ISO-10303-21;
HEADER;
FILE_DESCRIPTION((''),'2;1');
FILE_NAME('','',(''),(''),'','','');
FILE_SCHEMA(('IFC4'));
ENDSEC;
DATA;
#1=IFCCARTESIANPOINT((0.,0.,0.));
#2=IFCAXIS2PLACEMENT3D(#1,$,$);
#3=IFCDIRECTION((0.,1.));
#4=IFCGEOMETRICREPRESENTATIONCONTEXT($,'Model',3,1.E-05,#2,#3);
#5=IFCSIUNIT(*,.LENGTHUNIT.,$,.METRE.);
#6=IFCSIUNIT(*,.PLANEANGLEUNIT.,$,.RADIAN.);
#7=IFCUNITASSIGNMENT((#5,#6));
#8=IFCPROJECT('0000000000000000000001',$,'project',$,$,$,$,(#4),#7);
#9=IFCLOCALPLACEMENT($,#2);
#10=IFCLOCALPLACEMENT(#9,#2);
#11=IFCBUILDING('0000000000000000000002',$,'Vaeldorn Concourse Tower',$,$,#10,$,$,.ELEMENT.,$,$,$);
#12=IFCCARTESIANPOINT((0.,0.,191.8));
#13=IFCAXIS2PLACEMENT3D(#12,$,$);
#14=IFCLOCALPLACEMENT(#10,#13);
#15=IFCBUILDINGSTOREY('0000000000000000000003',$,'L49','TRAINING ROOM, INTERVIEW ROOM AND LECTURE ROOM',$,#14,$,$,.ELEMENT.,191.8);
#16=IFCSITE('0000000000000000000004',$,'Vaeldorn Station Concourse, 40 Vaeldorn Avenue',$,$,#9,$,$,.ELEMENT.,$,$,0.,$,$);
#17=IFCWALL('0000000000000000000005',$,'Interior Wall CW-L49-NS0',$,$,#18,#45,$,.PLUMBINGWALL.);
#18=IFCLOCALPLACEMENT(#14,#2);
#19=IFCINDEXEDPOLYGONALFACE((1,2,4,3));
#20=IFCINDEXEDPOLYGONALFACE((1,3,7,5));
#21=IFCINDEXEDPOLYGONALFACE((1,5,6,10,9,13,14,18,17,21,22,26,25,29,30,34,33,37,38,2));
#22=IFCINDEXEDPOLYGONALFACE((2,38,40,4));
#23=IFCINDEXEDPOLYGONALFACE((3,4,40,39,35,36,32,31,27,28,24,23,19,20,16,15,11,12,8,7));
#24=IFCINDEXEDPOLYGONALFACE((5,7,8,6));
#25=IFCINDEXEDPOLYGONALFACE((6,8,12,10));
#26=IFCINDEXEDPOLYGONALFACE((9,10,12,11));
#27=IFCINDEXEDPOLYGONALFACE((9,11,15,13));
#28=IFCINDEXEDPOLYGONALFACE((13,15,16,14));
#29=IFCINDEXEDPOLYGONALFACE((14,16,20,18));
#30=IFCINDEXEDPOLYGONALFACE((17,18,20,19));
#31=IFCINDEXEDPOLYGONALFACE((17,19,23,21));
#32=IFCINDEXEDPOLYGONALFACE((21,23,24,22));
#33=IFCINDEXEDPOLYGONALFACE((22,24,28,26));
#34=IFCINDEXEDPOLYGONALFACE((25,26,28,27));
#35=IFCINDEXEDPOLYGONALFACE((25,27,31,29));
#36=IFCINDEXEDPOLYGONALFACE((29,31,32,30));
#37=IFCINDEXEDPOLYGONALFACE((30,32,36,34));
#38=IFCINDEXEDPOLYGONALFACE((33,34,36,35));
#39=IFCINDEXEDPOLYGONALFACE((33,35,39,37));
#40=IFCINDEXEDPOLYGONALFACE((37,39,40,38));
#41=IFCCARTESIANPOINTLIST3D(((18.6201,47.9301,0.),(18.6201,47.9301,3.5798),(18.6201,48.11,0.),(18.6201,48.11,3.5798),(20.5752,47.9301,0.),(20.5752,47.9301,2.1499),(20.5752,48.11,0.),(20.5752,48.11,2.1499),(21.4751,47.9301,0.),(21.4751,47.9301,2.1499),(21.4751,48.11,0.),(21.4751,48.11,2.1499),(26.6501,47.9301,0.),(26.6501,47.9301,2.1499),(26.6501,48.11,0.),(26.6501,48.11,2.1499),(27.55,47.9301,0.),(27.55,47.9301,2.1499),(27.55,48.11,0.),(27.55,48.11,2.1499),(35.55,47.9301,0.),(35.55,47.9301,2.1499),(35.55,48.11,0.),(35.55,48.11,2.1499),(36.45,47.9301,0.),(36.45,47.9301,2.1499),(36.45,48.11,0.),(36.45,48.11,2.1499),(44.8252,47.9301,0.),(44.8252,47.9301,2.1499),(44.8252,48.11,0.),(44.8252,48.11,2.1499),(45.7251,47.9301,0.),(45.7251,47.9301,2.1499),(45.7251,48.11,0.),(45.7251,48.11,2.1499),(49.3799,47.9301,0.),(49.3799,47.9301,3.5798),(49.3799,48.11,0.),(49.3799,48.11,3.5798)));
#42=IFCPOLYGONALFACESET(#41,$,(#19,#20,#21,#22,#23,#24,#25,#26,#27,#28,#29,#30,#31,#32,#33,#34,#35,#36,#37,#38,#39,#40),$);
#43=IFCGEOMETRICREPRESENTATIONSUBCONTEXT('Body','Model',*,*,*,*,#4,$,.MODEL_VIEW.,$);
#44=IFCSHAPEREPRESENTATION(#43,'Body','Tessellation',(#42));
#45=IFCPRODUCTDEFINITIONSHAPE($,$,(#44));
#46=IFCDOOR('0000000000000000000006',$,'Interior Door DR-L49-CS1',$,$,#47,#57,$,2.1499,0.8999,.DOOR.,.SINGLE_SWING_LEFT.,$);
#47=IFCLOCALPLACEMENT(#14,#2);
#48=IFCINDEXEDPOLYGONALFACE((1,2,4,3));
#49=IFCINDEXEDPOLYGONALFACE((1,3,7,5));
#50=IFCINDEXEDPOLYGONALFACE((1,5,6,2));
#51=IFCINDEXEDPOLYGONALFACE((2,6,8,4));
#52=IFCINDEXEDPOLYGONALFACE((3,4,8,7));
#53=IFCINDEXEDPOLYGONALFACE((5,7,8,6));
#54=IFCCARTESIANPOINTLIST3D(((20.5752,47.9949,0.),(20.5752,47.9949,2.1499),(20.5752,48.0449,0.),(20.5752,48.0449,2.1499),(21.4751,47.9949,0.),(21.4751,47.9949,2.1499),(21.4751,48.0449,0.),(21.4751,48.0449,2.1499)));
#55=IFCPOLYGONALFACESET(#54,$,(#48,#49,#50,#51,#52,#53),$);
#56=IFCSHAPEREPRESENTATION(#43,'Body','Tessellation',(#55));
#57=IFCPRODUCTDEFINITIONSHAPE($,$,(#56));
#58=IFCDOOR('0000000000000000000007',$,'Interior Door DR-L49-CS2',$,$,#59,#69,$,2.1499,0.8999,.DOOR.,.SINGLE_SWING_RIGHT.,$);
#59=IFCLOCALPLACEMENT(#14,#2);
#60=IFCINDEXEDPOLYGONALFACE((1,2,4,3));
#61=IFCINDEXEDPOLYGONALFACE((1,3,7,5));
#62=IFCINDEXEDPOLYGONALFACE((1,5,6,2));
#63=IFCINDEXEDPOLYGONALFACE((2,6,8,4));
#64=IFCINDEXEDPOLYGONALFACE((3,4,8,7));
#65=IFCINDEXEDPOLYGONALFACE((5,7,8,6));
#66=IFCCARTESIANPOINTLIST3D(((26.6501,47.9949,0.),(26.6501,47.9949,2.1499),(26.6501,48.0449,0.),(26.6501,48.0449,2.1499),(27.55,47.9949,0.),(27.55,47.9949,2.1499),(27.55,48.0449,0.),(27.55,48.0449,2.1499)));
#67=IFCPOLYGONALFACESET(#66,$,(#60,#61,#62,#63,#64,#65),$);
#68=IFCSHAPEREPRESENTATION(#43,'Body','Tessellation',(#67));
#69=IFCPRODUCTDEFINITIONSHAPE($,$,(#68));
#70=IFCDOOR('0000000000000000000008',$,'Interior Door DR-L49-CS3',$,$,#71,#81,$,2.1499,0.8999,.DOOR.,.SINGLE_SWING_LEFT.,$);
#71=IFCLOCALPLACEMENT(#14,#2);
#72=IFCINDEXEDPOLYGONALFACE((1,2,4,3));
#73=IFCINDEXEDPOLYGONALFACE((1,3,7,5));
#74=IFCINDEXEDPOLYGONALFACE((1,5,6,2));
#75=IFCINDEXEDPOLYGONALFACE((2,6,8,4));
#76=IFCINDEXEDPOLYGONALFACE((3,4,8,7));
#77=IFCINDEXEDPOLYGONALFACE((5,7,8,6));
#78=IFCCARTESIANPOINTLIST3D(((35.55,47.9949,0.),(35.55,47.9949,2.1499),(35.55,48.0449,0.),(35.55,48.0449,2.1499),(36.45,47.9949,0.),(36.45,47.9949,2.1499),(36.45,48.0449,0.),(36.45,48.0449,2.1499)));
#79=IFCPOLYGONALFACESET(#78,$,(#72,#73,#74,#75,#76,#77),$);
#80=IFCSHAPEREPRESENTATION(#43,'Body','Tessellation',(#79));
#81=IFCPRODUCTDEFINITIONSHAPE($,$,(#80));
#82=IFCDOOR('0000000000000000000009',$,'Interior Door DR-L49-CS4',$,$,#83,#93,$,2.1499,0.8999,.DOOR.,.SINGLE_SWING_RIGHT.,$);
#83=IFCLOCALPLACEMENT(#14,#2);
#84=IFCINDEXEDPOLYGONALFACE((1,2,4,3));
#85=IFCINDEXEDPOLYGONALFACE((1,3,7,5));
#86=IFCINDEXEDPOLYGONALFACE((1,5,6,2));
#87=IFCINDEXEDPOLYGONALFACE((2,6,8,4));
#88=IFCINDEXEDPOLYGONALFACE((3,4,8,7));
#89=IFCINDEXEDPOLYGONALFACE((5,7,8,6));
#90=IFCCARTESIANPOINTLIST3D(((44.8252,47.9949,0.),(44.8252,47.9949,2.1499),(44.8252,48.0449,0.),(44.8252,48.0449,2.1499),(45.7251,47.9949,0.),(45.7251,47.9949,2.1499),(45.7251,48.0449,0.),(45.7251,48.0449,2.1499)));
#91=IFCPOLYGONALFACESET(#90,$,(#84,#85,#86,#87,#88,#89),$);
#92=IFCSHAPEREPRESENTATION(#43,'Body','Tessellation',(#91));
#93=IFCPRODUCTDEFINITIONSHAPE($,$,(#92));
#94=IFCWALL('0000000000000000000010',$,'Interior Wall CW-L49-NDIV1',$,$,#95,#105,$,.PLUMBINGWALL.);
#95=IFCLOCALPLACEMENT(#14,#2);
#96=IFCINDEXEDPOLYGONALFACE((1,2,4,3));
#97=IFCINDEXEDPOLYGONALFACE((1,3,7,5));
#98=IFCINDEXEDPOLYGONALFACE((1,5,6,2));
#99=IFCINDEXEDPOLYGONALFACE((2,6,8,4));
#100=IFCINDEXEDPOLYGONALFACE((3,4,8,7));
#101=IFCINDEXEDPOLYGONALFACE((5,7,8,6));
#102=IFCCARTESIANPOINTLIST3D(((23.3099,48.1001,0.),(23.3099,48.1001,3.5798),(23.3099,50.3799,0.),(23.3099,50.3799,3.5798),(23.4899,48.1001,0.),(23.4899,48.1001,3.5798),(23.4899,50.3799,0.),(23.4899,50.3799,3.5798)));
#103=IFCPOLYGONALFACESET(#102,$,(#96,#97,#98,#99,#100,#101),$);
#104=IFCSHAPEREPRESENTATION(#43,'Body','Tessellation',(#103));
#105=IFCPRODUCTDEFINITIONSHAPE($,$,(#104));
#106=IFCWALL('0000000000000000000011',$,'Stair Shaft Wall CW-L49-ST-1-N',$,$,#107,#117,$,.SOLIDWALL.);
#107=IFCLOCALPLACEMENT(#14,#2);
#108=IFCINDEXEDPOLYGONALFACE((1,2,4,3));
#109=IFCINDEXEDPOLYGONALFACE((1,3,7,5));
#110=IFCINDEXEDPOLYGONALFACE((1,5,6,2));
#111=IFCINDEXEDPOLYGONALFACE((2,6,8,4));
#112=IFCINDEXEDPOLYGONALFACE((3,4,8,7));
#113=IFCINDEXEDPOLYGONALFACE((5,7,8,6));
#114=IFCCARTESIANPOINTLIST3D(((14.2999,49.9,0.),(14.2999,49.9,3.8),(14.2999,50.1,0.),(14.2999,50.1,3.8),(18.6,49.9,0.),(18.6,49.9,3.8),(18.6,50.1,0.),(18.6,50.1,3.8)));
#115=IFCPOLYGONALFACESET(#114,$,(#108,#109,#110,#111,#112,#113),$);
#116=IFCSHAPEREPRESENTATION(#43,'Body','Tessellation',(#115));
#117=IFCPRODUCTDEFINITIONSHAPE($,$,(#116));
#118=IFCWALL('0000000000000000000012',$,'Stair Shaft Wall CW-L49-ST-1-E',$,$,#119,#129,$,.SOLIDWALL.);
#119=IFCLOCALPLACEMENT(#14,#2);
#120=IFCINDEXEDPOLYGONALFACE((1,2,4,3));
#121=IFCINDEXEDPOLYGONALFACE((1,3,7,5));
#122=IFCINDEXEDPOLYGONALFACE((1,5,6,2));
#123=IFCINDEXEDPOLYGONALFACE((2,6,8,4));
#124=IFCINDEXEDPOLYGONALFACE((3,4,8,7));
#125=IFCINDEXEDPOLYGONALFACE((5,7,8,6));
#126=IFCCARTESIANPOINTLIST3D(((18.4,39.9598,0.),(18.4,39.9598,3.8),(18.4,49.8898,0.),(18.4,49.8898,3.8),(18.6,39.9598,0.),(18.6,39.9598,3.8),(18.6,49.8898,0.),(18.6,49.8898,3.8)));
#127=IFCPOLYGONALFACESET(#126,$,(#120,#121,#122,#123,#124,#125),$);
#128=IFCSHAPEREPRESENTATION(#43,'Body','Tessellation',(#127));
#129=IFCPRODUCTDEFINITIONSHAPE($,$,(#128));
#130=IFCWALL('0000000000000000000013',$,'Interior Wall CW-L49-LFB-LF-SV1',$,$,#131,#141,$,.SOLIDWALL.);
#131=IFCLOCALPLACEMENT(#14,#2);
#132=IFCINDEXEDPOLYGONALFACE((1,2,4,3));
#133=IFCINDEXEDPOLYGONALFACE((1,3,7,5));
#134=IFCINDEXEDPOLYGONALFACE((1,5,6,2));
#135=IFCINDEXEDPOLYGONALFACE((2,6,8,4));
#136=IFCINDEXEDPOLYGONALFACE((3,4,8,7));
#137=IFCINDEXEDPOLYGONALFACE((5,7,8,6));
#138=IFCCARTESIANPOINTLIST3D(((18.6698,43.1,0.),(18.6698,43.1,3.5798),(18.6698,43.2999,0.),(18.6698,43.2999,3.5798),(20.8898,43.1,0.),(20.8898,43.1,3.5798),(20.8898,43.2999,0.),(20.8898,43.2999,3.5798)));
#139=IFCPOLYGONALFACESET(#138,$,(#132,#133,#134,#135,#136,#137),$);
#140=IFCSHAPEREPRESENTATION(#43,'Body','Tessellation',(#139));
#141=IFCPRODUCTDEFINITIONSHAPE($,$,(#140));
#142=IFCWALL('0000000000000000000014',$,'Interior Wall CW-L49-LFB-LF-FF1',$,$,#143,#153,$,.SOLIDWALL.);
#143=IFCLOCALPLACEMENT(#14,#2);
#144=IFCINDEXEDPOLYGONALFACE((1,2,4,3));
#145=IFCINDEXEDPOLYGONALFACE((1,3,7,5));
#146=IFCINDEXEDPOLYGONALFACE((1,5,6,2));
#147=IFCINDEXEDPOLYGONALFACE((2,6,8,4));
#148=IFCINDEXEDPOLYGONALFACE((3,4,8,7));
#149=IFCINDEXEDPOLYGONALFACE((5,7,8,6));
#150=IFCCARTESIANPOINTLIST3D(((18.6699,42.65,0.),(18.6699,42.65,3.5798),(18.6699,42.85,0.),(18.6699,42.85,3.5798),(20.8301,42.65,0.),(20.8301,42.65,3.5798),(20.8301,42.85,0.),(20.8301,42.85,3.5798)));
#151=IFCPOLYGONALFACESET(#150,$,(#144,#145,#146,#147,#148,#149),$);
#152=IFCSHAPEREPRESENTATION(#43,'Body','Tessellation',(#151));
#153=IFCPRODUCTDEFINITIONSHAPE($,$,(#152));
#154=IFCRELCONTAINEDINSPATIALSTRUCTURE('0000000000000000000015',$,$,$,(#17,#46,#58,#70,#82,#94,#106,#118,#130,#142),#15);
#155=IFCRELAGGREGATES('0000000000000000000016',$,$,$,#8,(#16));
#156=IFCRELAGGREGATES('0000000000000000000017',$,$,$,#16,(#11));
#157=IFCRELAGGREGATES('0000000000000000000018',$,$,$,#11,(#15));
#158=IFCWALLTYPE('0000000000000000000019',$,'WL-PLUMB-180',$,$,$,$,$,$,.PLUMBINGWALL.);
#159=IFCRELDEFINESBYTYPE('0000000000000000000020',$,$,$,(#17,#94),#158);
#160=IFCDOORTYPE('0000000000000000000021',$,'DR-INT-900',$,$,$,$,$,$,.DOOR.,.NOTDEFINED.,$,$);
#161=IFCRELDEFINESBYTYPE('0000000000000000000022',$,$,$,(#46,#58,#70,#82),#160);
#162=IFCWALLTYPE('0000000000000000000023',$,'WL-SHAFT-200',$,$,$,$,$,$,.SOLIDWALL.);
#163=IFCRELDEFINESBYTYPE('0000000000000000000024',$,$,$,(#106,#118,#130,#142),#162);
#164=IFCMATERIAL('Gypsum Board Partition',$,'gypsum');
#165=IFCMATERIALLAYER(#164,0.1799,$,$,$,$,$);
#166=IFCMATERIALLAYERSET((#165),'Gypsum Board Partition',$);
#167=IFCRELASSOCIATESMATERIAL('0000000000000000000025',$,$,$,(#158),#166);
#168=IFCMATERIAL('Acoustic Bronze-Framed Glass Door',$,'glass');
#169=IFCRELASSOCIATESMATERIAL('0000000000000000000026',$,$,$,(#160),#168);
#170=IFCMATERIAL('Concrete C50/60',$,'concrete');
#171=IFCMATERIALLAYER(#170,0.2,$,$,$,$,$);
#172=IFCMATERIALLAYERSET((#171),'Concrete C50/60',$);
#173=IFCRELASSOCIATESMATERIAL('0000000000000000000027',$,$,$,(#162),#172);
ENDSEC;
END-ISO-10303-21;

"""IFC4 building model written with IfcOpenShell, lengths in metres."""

from ifc_helpers import new_model, si_unit, direction, frame, frame_2d, origin, place, context, subcontext, project, spatial, rectangle, extrude, source, transform, mapped, material, layer, layer_set, type_object, element, fill, save


model = new_model("IFC4")

# Units and contexts
model_context = context("Model", 3, precision=1e-05, world=origin(), true_north=direction((0.0, 1.0)))
body_context = subcontext(model_context, "Body", "Model", "MODEL_VIEW")
ifc_project = project(units=[si_unit("LENGTHUNIT", "METRE"), si_unit("PLANEANGLEUNIT", "RADIAN")], contexts=[model_context])

# Site, building, storey
site_placement = place(None, origin())
site = spatial("IfcSite", under=ifc_project, at=site_placement, Name="Vaeldorn Station Concourse, 40 Vaeldorn Avenue", CompositionType="ELEMENT", RefElevation=0.0)
building_placement = place(site_placement, origin())
building = spatial("IfcBuilding", under=site, at=building_placement, Name="Vaeldorn Concourse Tower", CompositionType="ELEMENT")
storey_placement = place(building_placement, frame((0.0, 0.0, 191.8)))
storey = spatial("IfcBuildingStorey", under=building, at=storey_placement, Name="L49", Description="TRAINING ROOM, INTERVIEW ROOM AND LECTURE ROOM", CompositionType="ELEMENT", Elevation=191.8)

# Shared definitions
ifc_material_1 = material(Name="Concrete C50/60", Category="concrete")
ifc_material_2 = material(Name="Gypsum Board Partition", Category="gypsum")

# Wall, openings, doors
ifc_layer_1 = layer(ifc_material_2, 0.1799)
ifc_layer_set_1 = layer_set([ifc_layer_1], Name="Gypsum Board Partition")
wall_type_1 = type_object("IfcWallType", Name="WL-PLUMB-180", PredefinedType="PLUMBINGWALL", material=ifc_layer_set_1)
wall_1_placement = place(storey_placement, frame((18.6201, 48.02, 0.0), z_axis=(0.0, 0.0, 1.0), x_axis=(1.0, 0.0, 0.0)))
wall_1 = element("IfcWall", 1, at=wall_1_placement, inside=storey, type_object=wall_type_1, Name="Interior Wall CW-L49-NS0", PredefinedType="PLUMBINGWALL", context=body_context, shape_type="SweptSolid", body=[
    extrude(rectangle(XDim=30.7598, YDim=0.1799, at=frame_2d((15.3799, 0.0))), origin(), (0.0, 0.0, 1.0), 3.5798),
])
opening_1_placement = place(wall_1_placement, frame((1.9551, 0.0, 0.0)))
opening_1 = element("IfcOpeningElement", 2, at=opening_1_placement, cuts=wall_1, PredefinedType="OPENING", context=body_context, shape_type="SweptSolid", body=[
    extrude(rectangle(XDim=0.8999, YDim=2.1499, at=frame_2d((0.45, 1.075))), frame((0.0, 0.1001, 0.0), z_axis=(0.0, -1.0, 0.0), x_axis=(1.0, 0.0, 0.0)), (0.0, 0.0, 1.0), 0.2),
])
opening_2_placement = place(wall_1_placement, frame((8.03, 0.0, 0.0)))
opening_2 = element("IfcOpeningElement", 3, at=opening_2_placement, cuts=wall_1, PredefinedType="OPENING", context=body_context, shape_type="SweptSolid", body=[
    extrude(rectangle(XDim=0.8999, YDim=2.1499, at=frame_2d((0.45, 1.075))), frame((0.0, 0.1001, 0.0), z_axis=(0.0, -1.0, 0.0), x_axis=(1.0, 0.0, 0.0)), (0.0, 0.0, 1.0), 0.2),
])
opening_3_placement = place(wall_1_placement, frame((16.9299, 0.0, 0.0)))
opening_3 = element("IfcOpeningElement", 4, at=opening_3_placement, cuts=wall_1, PredefinedType="OPENING", context=body_context, shape_type="SweptSolid", body=[
    extrude(rectangle(XDim=0.8999, YDim=2.1499, at=frame_2d((0.45, 1.075))), frame((0.0, 0.1001, 0.0), z_axis=(0.0, -1.0, 0.0), x_axis=(1.0, 0.0, 0.0)), (0.0, 0.0, 1.0), 0.2),
])
opening_4_placement = place(wall_1_placement, frame((26.2051, 0.0, 0.0)))
opening_4 = element("IfcOpeningElement", 5, at=opening_4_placement, cuts=wall_1, PredefinedType="OPENING", context=body_context, shape_type="SweptSolid", body=[
    extrude(rectangle(XDim=0.8999, YDim=2.1499, at=frame_2d((0.45, 1.075))), frame((0.0, 0.1001, 0.0), z_axis=(0.0, -1.0, 0.0), x_axis=(1.0, 0.0, 0.0)), (0.0, 0.0, 1.0), 0.2),
])
ifc_material_3 = material(Name="Acoustic Bronze-Framed Glass Door", Category="glass")
door_type_1 = type_object("IfcDoorType", Name="DR-INT-900", OperationType="NOTDEFINED", PredefinedType="DOOR", material=ifc_material_3)
shared_shape_1 = source(origin(), body_context, "Body", "SweptSolid", [
    extrude(rectangle(XDim=0.8999, YDim=2.1499, at=frame_2d((0.45, 1.075))), frame((0.0, 0.0249, 0.0), z_axis=(0.0, -1.0, 0.0), x_axis=(1.0, 0.0, 0.0)), (0.0, 0.0, 1.0), 0.05),
])
door_1_placement = place(opening_1_placement, origin())
door_1 = element("IfcDoor", 6, at=door_1_placement, inside=storey, type_object=door_type_1, Name="Interior Door DR-L49-CS1", OperationType="SINGLE_SWING_LEFT", OverallHeight=2.1499, OverallWidth=0.8999, PredefinedType="DOOR", context=body_context, shape_type="MappedRepresentation", body=[
    mapped(shared_shape_1, transform((0.0, 0.0, 0.0), scale=1.0)),
])
fill(opening_1, door_1)
door_2_placement = place(opening_2_placement, origin())
door_2 = element("IfcDoor", 7, at=door_2_placement, inside=storey, type_object=door_type_1, Name="Interior Door DR-L49-CS2", OperationType="SINGLE_SWING_RIGHT", OverallHeight=2.1499, OverallWidth=0.8999, PredefinedType="DOOR", context=body_context, shape_type="MappedRepresentation", body=[
    mapped(shared_shape_1, transform((0.0, 0.0, 0.0), scale=1.0)),
])
fill(opening_2, door_2)
door_3_placement = place(opening_3_placement, origin())
door_3 = element("IfcDoor", 8, at=door_3_placement, inside=storey, type_object=door_type_1, Name="Interior Door DR-L49-CS3", OperationType="SINGLE_SWING_LEFT", OverallHeight=2.1499, OverallWidth=0.8999, PredefinedType="DOOR", context=body_context, shape_type="MappedRepresentation", body=[
    mapped(shared_shape_1, transform((0.0, 0.0, 0.0), scale=1.0)),
])
fill(opening_3, door_3)
door_4_placement = place(opening_4_placement, origin())
door_4 = element("IfcDoor", 9, at=door_4_placement, inside=storey, type_object=door_type_1, Name="Interior Door DR-L49-CS4", OperationType="SINGLE_SWING_RIGHT", OverallHeight=2.1499, OverallWidth=0.8999, PredefinedType="DOOR", context=body_context, shape_type="MappedRepresentation", body=[
    mapped(shared_shape_1, transform((0.0, 0.0, 0.0), scale=1.0)),
])
fill(opening_4, door_4)

# Walls
wall_2_placement = place(storey_placement, frame((23.3999, 48.1001, 0.0), z_axis=(0.0, 0.0, 1.0), x_axis=(0.0, 1.0, 0.0)))
element("IfcWall", 10, at=wall_2_placement, inside=storey, type_object=wall_type_1, Name="Interior Wall CW-L49-NDIV1", PredefinedType="PLUMBINGWALL", context=body_context, shape_type="SweptSolid", body=[
    extrude(rectangle(XDim=2.2798, YDim=0.1799, at=frame_2d((1.1399, 0.0))), origin(), (0.0, 0.0, 1.0), 3.5798),
])
ifc_layer_2 = layer(ifc_material_1, 0.2)
ifc_layer_set_2 = layer_set([ifc_layer_2], Name="Concrete C50/60")
wall_type_2 = type_object("IfcWallType", Name="WL-SHAFT-200", PredefinedType="SOLIDWALL", material=ifc_layer_set_2)
wall_3_placement = place(storey_placement, frame((14.3, 50.0, 0.0), z_axis=(0.0, 0.0, 1.0), x_axis=(1.0, 0.0, 0.0)))
element("IfcWall", 11, at=wall_3_placement, inside=storey, type_object=wall_type_2, Name="Stair Shaft Wall CW-L49-ST-1-N", PredefinedType="SOLIDWALL", context=body_context, shape_type="SweptSolid", body=[
    extrude(rectangle(XDim=4.3, YDim=0.2, at=frame_2d((2.1499, 0.0))), origin(), (0.0, 0.0, 1.0), 3.8),
])
wall_4_placement = place(storey_placement, frame((18.5, 39.96, 0.0), z_axis=(0.0, 0.0, 1.0), x_axis=(0.0, 1.0, 0.0)))
element("IfcWall", 12, at=wall_4_placement, inside=storey, type_object=wall_type_2, Name="Stair Shaft Wall CW-L49-ST-1-E", PredefinedType="SOLIDWALL", context=body_context, shape_type="SweptSolid", body=[
    extrude(rectangle(XDim=9.9299, YDim=0.2, at=frame_2d((4.9648, 0.0))), origin(), (0.0, 0.0, 1.0), 3.8),
])

# Walls
wall_5_placement = place(storey_placement, frame((18.6699, 43.2, 0.0), z_axis=(0.0, 0.0, 1.0), x_axis=(1.0, 0.0, 0.0)))
element("IfcWall", 13, at=wall_5_placement, inside=storey, type_object=wall_type_2, Name="Interior Wall CW-L49-LFB-LF-SV1", PredefinedType="SOLIDWALL", context=body_context, shape_type="SweptSolid", body=[
    extrude(rectangle(XDim=2.22, YDim=0.2, at=frame_2d((1.1099, 0.0))), origin(), (0.0, 0.0, 1.0), 3.5798),
])
wall_6_placement = place(storey_placement, frame((18.6699, 42.75, 0.0), z_axis=(0.0, 0.0, 1.0), x_axis=(1.0, 0.0, 0.0)))
element("IfcWall", 14, at=wall_6_placement, inside=storey, type_object=wall_type_2, Name="Interior Wall CW-L49-LFB-LF-FF1", PredefinedType="SOLIDWALL", context=body_context, shape_type="SweptSolid", body=[
    extrude(rectangle(XDim=2.1602, YDim=0.2, at=frame_2d((1.0801, 0.0))), origin(), (0.0, 0.0, 1.0), 3.5798),
])

save(model, "model.ifc")
